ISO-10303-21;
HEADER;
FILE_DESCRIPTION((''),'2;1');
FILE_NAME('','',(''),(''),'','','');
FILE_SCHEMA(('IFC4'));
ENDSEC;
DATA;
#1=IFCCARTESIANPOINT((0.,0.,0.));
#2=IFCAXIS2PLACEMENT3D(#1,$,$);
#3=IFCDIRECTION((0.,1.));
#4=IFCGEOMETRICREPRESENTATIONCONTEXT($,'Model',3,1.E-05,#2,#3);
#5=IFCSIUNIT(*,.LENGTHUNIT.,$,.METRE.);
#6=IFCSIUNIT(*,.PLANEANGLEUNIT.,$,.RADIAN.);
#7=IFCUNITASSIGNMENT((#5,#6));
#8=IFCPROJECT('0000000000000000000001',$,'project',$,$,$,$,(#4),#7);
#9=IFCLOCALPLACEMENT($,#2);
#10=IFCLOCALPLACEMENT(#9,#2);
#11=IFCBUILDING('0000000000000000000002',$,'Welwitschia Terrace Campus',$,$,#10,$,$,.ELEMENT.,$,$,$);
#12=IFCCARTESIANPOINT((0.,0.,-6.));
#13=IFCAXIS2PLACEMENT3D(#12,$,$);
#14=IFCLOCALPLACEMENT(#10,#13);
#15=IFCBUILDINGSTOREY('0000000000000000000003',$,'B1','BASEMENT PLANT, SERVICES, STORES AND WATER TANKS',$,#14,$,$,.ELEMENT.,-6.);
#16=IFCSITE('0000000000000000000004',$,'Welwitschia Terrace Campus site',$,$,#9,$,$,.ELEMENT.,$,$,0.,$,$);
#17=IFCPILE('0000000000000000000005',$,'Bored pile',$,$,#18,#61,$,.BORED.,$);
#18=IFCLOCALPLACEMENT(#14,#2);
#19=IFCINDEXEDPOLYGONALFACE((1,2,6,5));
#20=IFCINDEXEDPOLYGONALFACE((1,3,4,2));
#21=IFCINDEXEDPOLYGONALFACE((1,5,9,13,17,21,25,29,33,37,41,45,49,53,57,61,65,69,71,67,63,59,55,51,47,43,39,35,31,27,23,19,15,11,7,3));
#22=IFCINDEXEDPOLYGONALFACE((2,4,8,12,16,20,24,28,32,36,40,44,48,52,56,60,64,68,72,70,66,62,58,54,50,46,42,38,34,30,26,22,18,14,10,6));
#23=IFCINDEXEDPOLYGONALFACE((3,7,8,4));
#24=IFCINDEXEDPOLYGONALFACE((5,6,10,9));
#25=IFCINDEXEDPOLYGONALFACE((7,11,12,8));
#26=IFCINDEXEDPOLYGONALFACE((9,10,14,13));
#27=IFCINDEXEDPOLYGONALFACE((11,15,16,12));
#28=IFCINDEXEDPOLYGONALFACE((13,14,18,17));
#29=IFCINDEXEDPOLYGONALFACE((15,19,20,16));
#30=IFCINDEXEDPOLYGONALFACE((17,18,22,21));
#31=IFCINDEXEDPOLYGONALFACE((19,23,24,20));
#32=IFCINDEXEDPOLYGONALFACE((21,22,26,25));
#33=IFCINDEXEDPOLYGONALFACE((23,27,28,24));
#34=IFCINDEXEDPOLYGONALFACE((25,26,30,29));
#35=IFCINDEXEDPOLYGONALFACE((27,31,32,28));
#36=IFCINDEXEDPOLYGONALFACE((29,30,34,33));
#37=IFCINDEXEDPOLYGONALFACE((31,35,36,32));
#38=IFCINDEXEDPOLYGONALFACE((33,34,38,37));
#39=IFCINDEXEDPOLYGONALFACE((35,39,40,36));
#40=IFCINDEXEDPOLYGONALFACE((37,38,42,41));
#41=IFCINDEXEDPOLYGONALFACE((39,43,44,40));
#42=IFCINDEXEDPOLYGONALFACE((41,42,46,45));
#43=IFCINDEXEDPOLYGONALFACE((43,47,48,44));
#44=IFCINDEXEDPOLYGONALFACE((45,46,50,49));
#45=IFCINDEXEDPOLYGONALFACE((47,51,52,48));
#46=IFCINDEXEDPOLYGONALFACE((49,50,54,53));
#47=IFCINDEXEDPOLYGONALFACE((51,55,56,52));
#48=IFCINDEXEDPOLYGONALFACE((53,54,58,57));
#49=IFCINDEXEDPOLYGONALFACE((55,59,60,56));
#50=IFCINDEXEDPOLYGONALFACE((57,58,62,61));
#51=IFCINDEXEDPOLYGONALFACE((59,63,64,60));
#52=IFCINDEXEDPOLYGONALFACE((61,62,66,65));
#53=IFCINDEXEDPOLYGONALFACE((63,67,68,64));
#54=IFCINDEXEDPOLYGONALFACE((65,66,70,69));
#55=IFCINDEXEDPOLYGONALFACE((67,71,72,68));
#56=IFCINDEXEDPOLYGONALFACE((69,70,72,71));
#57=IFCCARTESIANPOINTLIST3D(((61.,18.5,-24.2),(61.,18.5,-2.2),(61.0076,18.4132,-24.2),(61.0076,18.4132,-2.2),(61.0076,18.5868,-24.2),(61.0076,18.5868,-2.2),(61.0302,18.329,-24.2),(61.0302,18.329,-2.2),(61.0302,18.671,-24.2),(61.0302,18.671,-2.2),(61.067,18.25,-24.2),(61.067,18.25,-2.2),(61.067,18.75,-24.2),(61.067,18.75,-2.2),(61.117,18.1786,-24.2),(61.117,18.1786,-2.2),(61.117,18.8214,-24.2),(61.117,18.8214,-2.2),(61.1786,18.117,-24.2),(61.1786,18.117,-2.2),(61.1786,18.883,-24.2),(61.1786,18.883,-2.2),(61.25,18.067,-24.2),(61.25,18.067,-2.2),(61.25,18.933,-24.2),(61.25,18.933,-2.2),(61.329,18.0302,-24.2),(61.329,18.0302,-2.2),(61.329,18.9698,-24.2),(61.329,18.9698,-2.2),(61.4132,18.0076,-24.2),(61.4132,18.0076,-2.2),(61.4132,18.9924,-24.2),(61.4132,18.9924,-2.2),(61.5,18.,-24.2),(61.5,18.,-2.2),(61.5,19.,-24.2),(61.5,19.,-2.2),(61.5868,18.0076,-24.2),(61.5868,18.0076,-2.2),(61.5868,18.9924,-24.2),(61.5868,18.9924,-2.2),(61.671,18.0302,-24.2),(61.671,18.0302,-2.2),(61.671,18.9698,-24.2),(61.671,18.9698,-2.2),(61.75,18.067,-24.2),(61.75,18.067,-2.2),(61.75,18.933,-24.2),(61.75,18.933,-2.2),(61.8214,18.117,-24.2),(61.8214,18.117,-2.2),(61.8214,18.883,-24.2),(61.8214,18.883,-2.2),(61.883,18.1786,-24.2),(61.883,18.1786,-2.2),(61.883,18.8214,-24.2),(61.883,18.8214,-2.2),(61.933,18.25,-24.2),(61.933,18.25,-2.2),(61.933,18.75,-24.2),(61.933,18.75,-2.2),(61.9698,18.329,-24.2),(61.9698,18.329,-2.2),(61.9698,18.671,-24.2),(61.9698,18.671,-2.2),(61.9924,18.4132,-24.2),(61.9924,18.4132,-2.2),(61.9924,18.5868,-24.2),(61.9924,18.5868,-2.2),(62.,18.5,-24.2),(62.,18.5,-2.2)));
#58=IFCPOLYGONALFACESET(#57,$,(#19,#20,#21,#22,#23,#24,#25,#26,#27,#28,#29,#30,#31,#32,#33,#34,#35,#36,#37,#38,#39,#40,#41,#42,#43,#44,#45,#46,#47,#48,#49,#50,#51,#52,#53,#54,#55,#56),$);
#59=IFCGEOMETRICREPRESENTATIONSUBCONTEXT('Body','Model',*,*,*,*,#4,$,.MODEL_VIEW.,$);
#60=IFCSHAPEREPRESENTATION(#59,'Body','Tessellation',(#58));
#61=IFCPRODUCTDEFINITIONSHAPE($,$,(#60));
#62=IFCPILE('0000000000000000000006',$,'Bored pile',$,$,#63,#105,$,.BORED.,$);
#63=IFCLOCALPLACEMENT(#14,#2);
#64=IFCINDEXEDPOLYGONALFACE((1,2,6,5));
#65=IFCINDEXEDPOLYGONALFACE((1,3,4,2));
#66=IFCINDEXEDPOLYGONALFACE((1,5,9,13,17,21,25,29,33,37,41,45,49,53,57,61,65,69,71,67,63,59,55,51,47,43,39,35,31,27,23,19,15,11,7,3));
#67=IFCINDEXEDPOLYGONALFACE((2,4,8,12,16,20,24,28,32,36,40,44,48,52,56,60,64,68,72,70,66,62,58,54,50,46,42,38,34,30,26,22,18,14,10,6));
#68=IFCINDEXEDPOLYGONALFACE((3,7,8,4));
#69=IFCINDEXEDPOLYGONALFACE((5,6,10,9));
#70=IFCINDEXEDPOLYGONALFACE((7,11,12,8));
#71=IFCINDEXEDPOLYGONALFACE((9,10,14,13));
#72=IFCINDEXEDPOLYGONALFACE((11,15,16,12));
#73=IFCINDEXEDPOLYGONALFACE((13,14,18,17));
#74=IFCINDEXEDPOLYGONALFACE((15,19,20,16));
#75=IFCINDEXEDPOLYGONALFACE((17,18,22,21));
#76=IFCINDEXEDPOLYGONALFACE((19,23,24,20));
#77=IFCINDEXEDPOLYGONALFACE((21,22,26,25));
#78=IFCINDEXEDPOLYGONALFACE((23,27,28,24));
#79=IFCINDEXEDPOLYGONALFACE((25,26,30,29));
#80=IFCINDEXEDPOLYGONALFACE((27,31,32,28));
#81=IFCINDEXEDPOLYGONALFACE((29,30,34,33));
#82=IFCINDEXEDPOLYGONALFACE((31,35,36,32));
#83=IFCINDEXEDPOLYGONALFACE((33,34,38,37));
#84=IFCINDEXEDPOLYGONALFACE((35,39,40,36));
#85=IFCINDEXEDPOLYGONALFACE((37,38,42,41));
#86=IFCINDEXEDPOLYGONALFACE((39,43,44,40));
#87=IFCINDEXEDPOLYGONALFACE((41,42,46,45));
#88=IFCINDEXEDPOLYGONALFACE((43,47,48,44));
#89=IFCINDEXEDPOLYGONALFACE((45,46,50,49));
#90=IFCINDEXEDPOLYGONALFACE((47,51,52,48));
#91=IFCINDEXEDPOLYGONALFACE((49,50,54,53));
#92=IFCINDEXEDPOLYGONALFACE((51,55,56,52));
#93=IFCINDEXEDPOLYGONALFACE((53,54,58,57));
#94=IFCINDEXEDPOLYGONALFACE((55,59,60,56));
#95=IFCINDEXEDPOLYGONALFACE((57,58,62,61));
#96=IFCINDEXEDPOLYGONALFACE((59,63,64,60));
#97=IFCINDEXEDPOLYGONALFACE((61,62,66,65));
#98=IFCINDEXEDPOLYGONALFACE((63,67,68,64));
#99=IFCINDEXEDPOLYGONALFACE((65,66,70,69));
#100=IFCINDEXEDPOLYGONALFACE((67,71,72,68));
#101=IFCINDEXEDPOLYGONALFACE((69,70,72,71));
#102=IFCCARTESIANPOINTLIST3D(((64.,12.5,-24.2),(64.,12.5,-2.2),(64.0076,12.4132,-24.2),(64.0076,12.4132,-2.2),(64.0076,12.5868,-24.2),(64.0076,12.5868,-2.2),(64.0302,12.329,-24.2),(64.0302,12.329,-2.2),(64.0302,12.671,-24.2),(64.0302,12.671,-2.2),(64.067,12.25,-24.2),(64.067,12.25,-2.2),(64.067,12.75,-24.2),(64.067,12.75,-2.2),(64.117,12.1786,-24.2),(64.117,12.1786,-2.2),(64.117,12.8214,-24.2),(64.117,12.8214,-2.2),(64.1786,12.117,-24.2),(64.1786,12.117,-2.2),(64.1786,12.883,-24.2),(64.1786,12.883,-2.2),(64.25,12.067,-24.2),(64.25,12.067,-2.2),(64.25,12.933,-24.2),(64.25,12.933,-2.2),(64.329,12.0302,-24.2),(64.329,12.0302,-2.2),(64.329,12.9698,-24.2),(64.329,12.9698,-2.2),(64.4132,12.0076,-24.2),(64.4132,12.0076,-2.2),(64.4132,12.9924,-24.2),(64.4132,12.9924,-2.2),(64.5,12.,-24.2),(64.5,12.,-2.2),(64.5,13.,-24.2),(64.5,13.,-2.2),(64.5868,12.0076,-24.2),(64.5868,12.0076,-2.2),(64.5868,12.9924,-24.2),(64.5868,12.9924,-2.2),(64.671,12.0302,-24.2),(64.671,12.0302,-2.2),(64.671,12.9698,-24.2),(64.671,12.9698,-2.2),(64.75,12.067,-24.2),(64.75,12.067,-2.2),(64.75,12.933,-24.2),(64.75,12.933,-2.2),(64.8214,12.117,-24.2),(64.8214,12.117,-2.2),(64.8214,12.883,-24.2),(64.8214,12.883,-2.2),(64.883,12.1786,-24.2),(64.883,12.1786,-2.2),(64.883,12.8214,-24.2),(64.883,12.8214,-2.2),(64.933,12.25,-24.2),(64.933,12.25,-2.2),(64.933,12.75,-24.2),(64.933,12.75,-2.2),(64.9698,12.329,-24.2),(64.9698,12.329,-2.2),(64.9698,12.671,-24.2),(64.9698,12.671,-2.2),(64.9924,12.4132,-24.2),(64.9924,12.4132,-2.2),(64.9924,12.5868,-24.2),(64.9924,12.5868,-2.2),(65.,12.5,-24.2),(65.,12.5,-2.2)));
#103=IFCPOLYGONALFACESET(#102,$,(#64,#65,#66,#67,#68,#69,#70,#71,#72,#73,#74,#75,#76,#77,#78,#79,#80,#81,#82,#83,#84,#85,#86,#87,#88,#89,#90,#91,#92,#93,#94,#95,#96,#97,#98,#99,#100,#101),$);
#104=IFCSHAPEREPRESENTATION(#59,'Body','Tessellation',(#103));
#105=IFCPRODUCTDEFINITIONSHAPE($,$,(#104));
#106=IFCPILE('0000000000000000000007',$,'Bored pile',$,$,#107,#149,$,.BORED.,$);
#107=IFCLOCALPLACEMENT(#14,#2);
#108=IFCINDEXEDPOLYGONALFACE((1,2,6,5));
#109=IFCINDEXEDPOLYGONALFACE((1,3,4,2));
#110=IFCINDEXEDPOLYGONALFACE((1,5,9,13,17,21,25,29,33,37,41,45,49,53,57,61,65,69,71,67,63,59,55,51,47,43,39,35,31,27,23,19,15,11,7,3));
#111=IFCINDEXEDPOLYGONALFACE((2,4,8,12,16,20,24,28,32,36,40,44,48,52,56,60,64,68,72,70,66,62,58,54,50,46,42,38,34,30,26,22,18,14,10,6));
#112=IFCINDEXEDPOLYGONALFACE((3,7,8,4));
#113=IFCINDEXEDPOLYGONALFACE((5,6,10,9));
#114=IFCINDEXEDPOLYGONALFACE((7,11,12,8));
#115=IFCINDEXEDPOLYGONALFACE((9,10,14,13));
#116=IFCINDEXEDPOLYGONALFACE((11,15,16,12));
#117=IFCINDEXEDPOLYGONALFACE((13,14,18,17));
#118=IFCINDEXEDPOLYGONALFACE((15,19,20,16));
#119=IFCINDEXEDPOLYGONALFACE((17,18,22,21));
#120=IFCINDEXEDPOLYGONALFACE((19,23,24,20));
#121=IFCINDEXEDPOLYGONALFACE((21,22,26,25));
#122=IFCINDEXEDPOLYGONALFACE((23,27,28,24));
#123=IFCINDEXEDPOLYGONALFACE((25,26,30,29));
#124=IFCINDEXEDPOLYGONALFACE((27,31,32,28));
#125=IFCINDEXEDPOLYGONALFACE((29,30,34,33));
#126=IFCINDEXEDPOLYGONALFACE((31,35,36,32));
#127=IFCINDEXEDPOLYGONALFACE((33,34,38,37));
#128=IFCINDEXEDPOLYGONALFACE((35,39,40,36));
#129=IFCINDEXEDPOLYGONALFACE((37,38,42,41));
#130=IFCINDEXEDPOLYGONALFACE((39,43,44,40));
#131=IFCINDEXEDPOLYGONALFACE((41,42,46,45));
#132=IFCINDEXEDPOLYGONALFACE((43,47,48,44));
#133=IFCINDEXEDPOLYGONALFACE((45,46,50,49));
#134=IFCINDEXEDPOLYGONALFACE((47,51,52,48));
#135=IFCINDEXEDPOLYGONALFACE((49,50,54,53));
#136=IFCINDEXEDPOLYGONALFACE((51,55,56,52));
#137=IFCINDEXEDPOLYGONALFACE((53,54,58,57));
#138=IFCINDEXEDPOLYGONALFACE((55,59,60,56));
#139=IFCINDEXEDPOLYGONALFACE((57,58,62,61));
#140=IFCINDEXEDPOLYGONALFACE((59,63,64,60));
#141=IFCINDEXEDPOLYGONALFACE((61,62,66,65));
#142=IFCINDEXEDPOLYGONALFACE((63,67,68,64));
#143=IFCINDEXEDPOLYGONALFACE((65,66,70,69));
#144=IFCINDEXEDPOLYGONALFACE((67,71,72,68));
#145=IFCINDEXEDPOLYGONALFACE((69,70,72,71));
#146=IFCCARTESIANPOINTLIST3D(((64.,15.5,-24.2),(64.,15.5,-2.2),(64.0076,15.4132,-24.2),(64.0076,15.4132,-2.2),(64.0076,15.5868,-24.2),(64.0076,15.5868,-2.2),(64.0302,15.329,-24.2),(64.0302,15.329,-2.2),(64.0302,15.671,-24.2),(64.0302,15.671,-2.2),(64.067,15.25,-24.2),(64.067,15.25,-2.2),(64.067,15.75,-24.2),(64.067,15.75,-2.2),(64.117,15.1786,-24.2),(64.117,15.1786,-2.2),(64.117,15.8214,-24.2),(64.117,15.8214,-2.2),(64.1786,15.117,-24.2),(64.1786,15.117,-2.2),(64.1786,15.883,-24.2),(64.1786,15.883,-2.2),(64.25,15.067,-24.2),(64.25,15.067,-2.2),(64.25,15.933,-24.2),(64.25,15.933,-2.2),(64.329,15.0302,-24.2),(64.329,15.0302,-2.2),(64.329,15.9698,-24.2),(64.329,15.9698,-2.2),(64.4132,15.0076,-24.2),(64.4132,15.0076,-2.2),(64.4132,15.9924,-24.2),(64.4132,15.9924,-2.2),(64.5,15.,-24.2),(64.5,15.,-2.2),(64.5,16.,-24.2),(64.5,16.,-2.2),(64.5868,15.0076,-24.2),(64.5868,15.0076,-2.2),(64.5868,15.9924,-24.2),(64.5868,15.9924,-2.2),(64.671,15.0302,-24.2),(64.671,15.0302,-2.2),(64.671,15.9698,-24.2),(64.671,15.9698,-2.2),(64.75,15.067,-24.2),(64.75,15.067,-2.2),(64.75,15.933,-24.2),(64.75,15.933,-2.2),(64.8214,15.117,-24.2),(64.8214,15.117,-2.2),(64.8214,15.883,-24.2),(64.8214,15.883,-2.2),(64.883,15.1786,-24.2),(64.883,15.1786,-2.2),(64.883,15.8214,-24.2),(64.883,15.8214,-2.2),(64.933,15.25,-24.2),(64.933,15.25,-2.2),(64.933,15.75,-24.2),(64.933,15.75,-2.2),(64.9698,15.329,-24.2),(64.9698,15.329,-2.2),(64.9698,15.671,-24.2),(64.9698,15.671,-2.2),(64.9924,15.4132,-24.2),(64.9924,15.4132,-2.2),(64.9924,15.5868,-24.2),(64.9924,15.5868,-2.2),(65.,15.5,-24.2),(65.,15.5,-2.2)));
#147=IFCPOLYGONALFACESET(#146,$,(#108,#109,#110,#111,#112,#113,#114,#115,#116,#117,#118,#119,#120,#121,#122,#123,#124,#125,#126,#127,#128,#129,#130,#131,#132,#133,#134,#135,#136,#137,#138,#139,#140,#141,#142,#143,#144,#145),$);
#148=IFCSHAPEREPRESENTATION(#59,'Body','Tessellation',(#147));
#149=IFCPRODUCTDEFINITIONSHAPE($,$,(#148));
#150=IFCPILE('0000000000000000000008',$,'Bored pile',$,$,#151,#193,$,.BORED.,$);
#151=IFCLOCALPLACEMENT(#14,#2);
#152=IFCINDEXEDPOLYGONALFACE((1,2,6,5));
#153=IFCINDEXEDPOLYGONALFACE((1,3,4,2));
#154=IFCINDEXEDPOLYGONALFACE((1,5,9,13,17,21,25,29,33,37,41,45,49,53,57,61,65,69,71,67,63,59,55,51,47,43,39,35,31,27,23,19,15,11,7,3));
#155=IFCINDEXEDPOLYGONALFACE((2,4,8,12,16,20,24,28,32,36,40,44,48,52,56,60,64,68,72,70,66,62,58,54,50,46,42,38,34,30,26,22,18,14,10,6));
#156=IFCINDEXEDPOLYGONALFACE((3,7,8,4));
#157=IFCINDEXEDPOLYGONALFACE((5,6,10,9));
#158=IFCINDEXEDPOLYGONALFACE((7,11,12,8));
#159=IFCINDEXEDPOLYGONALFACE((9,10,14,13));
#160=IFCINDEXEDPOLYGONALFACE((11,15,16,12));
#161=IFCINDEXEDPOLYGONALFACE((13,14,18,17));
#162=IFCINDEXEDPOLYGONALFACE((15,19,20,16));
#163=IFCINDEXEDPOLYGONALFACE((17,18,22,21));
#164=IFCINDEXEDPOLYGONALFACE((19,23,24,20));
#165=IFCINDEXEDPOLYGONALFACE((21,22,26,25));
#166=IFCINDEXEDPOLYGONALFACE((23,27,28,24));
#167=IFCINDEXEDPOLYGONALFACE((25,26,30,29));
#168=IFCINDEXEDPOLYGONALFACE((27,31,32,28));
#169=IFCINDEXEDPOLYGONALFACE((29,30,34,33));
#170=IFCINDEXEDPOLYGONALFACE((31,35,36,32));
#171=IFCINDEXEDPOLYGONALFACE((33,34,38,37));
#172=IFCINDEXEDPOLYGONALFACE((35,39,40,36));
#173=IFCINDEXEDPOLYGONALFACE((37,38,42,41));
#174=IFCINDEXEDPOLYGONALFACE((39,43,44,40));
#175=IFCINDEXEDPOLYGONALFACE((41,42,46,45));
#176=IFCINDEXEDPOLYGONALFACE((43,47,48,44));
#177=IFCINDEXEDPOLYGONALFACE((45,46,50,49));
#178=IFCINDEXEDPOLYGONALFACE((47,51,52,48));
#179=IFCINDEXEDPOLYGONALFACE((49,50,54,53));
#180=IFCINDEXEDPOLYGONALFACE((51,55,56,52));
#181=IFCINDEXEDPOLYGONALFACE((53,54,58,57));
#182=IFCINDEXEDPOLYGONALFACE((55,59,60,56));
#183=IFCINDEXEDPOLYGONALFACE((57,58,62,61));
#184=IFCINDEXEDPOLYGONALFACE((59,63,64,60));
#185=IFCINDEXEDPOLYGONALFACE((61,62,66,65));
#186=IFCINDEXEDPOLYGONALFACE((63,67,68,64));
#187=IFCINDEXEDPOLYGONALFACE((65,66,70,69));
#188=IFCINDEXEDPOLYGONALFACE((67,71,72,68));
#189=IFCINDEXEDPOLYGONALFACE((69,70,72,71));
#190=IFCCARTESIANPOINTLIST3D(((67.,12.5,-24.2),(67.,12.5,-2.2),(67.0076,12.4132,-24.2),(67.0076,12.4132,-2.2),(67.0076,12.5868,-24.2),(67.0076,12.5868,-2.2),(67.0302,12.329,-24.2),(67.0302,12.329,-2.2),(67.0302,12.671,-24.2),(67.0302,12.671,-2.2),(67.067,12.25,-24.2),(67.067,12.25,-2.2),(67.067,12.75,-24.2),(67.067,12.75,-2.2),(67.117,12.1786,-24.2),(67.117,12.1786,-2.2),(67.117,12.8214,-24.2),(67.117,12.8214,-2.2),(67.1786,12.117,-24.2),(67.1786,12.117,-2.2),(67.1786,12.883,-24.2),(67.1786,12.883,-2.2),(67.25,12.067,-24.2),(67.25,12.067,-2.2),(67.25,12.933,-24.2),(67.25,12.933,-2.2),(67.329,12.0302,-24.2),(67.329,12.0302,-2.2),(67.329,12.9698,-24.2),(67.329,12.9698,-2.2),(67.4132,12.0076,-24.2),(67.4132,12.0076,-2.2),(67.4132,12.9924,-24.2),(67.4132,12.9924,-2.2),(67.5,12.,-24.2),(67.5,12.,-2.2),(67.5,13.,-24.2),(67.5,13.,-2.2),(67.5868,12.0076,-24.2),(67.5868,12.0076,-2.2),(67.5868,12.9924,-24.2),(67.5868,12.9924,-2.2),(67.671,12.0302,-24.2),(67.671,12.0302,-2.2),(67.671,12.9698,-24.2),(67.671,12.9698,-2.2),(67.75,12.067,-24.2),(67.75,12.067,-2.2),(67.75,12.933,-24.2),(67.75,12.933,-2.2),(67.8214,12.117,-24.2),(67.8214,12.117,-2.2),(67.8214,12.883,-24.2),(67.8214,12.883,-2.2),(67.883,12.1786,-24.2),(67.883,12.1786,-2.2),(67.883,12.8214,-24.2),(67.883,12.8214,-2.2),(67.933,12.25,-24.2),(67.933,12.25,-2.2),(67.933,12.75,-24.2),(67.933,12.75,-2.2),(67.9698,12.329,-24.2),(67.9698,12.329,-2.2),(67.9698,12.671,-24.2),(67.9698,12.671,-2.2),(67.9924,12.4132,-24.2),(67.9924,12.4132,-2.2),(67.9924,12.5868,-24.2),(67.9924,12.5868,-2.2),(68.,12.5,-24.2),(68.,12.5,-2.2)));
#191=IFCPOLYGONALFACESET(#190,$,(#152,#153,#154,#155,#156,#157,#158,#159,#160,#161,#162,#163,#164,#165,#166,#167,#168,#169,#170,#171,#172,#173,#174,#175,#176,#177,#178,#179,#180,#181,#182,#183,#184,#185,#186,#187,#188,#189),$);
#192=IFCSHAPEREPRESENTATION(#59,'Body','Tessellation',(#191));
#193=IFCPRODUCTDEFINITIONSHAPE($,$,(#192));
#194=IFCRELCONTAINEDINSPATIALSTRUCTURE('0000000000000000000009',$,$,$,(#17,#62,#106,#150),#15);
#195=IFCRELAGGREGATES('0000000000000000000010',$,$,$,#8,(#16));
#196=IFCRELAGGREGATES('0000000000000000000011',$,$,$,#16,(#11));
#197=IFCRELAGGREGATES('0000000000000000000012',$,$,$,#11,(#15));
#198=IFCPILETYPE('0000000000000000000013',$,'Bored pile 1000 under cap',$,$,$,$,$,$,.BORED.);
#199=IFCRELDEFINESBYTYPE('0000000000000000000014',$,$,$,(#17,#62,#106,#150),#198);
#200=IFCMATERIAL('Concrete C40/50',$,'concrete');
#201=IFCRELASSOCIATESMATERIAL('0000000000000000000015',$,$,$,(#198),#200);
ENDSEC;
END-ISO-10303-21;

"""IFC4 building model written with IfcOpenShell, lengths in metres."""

from ifc_helpers import new_model, si_unit, direction, frame, origin, origin_2d, place, context, subcontext, project, spatial, circle, extrude, material, type_object, element, save


model = new_model("IFC4")

# Units and contexts
model_context = context("Model", 3, precision=1e-05, world=origin(), true_north=direction((0.0, 1.0)))
body_context = subcontext(model_context, "Body", "Model", "MODEL_VIEW")
ifc_project = project(units=[si_unit("LENGTHUNIT", "METRE"), si_unit("PLANEANGLEUNIT", "RADIAN")], contexts=[model_context])

# Site, building, storey
site_placement = place(None, origin())
site = spatial("IfcSite", under=ifc_project, at=site_placement, Name="Welwitschia Terrace Campus site", CompositionType="ELEMENT", RefElevation=0.0)
building_placement = place(site_placement, origin())
building = spatial("IfcBuilding", under=site, at=building_placement, Name="Welwitschia Terrace Campus", CompositionType="ELEMENT")
storey_placement = place(building_placement, frame((0.0, 0.0, -6.0)))
storey = spatial("IfcBuildingStorey", under=building, at=storey_placement, Name="B1", Description="BASEMENT PLANT, SERVICES, STORES AND WATER TANKS", CompositionType="ELEMENT", Elevation=-6.0)

# Piles
ifc_material_1 = material(Name="Concrete C40/50", Category="concrete")
pile_type = type_object("IfcPileType", Name="Bored pile 1000 under cap", PredefinedType="BORED", material=ifc_material_1)
for number, where, z_axis, x_axis, name in (
    (1, (61.5, 18.5, -2.2), (0.0, 0.0, -1.0), (1.0, 0.0, 0.0), "Bored pile"),
    (2, (64.5, 12.5, -2.2), (0.0, 0.0, -1.0), (1.0, 0.0, 0.0), "Bored pile"),
    (3, (64.5, 15.5, -2.2), (0.0, 0.0, -1.0), (1.0, 0.0, 0.0), "Bored pile"),
    (4, (67.5, 12.5, -2.2), (0.0, 0.0, -1.0), (1.0, 0.0, 0.0), "Bored pile"),
):
    element("IfcPile", number, at=place(storey_placement, frame(where, z_axis=z_axis, x_axis=x_axis)), inside=storey, type_object=pile_type, Name=name, PredefinedType="BORED", context=body_context, shape_type="SweptSolid", body=[
        extrude(circle(Radius=0.5, at=origin_2d()), origin(), (0.0, 0.0, 1.0), 22.0),
    ])

save(model, "model.ifc")
